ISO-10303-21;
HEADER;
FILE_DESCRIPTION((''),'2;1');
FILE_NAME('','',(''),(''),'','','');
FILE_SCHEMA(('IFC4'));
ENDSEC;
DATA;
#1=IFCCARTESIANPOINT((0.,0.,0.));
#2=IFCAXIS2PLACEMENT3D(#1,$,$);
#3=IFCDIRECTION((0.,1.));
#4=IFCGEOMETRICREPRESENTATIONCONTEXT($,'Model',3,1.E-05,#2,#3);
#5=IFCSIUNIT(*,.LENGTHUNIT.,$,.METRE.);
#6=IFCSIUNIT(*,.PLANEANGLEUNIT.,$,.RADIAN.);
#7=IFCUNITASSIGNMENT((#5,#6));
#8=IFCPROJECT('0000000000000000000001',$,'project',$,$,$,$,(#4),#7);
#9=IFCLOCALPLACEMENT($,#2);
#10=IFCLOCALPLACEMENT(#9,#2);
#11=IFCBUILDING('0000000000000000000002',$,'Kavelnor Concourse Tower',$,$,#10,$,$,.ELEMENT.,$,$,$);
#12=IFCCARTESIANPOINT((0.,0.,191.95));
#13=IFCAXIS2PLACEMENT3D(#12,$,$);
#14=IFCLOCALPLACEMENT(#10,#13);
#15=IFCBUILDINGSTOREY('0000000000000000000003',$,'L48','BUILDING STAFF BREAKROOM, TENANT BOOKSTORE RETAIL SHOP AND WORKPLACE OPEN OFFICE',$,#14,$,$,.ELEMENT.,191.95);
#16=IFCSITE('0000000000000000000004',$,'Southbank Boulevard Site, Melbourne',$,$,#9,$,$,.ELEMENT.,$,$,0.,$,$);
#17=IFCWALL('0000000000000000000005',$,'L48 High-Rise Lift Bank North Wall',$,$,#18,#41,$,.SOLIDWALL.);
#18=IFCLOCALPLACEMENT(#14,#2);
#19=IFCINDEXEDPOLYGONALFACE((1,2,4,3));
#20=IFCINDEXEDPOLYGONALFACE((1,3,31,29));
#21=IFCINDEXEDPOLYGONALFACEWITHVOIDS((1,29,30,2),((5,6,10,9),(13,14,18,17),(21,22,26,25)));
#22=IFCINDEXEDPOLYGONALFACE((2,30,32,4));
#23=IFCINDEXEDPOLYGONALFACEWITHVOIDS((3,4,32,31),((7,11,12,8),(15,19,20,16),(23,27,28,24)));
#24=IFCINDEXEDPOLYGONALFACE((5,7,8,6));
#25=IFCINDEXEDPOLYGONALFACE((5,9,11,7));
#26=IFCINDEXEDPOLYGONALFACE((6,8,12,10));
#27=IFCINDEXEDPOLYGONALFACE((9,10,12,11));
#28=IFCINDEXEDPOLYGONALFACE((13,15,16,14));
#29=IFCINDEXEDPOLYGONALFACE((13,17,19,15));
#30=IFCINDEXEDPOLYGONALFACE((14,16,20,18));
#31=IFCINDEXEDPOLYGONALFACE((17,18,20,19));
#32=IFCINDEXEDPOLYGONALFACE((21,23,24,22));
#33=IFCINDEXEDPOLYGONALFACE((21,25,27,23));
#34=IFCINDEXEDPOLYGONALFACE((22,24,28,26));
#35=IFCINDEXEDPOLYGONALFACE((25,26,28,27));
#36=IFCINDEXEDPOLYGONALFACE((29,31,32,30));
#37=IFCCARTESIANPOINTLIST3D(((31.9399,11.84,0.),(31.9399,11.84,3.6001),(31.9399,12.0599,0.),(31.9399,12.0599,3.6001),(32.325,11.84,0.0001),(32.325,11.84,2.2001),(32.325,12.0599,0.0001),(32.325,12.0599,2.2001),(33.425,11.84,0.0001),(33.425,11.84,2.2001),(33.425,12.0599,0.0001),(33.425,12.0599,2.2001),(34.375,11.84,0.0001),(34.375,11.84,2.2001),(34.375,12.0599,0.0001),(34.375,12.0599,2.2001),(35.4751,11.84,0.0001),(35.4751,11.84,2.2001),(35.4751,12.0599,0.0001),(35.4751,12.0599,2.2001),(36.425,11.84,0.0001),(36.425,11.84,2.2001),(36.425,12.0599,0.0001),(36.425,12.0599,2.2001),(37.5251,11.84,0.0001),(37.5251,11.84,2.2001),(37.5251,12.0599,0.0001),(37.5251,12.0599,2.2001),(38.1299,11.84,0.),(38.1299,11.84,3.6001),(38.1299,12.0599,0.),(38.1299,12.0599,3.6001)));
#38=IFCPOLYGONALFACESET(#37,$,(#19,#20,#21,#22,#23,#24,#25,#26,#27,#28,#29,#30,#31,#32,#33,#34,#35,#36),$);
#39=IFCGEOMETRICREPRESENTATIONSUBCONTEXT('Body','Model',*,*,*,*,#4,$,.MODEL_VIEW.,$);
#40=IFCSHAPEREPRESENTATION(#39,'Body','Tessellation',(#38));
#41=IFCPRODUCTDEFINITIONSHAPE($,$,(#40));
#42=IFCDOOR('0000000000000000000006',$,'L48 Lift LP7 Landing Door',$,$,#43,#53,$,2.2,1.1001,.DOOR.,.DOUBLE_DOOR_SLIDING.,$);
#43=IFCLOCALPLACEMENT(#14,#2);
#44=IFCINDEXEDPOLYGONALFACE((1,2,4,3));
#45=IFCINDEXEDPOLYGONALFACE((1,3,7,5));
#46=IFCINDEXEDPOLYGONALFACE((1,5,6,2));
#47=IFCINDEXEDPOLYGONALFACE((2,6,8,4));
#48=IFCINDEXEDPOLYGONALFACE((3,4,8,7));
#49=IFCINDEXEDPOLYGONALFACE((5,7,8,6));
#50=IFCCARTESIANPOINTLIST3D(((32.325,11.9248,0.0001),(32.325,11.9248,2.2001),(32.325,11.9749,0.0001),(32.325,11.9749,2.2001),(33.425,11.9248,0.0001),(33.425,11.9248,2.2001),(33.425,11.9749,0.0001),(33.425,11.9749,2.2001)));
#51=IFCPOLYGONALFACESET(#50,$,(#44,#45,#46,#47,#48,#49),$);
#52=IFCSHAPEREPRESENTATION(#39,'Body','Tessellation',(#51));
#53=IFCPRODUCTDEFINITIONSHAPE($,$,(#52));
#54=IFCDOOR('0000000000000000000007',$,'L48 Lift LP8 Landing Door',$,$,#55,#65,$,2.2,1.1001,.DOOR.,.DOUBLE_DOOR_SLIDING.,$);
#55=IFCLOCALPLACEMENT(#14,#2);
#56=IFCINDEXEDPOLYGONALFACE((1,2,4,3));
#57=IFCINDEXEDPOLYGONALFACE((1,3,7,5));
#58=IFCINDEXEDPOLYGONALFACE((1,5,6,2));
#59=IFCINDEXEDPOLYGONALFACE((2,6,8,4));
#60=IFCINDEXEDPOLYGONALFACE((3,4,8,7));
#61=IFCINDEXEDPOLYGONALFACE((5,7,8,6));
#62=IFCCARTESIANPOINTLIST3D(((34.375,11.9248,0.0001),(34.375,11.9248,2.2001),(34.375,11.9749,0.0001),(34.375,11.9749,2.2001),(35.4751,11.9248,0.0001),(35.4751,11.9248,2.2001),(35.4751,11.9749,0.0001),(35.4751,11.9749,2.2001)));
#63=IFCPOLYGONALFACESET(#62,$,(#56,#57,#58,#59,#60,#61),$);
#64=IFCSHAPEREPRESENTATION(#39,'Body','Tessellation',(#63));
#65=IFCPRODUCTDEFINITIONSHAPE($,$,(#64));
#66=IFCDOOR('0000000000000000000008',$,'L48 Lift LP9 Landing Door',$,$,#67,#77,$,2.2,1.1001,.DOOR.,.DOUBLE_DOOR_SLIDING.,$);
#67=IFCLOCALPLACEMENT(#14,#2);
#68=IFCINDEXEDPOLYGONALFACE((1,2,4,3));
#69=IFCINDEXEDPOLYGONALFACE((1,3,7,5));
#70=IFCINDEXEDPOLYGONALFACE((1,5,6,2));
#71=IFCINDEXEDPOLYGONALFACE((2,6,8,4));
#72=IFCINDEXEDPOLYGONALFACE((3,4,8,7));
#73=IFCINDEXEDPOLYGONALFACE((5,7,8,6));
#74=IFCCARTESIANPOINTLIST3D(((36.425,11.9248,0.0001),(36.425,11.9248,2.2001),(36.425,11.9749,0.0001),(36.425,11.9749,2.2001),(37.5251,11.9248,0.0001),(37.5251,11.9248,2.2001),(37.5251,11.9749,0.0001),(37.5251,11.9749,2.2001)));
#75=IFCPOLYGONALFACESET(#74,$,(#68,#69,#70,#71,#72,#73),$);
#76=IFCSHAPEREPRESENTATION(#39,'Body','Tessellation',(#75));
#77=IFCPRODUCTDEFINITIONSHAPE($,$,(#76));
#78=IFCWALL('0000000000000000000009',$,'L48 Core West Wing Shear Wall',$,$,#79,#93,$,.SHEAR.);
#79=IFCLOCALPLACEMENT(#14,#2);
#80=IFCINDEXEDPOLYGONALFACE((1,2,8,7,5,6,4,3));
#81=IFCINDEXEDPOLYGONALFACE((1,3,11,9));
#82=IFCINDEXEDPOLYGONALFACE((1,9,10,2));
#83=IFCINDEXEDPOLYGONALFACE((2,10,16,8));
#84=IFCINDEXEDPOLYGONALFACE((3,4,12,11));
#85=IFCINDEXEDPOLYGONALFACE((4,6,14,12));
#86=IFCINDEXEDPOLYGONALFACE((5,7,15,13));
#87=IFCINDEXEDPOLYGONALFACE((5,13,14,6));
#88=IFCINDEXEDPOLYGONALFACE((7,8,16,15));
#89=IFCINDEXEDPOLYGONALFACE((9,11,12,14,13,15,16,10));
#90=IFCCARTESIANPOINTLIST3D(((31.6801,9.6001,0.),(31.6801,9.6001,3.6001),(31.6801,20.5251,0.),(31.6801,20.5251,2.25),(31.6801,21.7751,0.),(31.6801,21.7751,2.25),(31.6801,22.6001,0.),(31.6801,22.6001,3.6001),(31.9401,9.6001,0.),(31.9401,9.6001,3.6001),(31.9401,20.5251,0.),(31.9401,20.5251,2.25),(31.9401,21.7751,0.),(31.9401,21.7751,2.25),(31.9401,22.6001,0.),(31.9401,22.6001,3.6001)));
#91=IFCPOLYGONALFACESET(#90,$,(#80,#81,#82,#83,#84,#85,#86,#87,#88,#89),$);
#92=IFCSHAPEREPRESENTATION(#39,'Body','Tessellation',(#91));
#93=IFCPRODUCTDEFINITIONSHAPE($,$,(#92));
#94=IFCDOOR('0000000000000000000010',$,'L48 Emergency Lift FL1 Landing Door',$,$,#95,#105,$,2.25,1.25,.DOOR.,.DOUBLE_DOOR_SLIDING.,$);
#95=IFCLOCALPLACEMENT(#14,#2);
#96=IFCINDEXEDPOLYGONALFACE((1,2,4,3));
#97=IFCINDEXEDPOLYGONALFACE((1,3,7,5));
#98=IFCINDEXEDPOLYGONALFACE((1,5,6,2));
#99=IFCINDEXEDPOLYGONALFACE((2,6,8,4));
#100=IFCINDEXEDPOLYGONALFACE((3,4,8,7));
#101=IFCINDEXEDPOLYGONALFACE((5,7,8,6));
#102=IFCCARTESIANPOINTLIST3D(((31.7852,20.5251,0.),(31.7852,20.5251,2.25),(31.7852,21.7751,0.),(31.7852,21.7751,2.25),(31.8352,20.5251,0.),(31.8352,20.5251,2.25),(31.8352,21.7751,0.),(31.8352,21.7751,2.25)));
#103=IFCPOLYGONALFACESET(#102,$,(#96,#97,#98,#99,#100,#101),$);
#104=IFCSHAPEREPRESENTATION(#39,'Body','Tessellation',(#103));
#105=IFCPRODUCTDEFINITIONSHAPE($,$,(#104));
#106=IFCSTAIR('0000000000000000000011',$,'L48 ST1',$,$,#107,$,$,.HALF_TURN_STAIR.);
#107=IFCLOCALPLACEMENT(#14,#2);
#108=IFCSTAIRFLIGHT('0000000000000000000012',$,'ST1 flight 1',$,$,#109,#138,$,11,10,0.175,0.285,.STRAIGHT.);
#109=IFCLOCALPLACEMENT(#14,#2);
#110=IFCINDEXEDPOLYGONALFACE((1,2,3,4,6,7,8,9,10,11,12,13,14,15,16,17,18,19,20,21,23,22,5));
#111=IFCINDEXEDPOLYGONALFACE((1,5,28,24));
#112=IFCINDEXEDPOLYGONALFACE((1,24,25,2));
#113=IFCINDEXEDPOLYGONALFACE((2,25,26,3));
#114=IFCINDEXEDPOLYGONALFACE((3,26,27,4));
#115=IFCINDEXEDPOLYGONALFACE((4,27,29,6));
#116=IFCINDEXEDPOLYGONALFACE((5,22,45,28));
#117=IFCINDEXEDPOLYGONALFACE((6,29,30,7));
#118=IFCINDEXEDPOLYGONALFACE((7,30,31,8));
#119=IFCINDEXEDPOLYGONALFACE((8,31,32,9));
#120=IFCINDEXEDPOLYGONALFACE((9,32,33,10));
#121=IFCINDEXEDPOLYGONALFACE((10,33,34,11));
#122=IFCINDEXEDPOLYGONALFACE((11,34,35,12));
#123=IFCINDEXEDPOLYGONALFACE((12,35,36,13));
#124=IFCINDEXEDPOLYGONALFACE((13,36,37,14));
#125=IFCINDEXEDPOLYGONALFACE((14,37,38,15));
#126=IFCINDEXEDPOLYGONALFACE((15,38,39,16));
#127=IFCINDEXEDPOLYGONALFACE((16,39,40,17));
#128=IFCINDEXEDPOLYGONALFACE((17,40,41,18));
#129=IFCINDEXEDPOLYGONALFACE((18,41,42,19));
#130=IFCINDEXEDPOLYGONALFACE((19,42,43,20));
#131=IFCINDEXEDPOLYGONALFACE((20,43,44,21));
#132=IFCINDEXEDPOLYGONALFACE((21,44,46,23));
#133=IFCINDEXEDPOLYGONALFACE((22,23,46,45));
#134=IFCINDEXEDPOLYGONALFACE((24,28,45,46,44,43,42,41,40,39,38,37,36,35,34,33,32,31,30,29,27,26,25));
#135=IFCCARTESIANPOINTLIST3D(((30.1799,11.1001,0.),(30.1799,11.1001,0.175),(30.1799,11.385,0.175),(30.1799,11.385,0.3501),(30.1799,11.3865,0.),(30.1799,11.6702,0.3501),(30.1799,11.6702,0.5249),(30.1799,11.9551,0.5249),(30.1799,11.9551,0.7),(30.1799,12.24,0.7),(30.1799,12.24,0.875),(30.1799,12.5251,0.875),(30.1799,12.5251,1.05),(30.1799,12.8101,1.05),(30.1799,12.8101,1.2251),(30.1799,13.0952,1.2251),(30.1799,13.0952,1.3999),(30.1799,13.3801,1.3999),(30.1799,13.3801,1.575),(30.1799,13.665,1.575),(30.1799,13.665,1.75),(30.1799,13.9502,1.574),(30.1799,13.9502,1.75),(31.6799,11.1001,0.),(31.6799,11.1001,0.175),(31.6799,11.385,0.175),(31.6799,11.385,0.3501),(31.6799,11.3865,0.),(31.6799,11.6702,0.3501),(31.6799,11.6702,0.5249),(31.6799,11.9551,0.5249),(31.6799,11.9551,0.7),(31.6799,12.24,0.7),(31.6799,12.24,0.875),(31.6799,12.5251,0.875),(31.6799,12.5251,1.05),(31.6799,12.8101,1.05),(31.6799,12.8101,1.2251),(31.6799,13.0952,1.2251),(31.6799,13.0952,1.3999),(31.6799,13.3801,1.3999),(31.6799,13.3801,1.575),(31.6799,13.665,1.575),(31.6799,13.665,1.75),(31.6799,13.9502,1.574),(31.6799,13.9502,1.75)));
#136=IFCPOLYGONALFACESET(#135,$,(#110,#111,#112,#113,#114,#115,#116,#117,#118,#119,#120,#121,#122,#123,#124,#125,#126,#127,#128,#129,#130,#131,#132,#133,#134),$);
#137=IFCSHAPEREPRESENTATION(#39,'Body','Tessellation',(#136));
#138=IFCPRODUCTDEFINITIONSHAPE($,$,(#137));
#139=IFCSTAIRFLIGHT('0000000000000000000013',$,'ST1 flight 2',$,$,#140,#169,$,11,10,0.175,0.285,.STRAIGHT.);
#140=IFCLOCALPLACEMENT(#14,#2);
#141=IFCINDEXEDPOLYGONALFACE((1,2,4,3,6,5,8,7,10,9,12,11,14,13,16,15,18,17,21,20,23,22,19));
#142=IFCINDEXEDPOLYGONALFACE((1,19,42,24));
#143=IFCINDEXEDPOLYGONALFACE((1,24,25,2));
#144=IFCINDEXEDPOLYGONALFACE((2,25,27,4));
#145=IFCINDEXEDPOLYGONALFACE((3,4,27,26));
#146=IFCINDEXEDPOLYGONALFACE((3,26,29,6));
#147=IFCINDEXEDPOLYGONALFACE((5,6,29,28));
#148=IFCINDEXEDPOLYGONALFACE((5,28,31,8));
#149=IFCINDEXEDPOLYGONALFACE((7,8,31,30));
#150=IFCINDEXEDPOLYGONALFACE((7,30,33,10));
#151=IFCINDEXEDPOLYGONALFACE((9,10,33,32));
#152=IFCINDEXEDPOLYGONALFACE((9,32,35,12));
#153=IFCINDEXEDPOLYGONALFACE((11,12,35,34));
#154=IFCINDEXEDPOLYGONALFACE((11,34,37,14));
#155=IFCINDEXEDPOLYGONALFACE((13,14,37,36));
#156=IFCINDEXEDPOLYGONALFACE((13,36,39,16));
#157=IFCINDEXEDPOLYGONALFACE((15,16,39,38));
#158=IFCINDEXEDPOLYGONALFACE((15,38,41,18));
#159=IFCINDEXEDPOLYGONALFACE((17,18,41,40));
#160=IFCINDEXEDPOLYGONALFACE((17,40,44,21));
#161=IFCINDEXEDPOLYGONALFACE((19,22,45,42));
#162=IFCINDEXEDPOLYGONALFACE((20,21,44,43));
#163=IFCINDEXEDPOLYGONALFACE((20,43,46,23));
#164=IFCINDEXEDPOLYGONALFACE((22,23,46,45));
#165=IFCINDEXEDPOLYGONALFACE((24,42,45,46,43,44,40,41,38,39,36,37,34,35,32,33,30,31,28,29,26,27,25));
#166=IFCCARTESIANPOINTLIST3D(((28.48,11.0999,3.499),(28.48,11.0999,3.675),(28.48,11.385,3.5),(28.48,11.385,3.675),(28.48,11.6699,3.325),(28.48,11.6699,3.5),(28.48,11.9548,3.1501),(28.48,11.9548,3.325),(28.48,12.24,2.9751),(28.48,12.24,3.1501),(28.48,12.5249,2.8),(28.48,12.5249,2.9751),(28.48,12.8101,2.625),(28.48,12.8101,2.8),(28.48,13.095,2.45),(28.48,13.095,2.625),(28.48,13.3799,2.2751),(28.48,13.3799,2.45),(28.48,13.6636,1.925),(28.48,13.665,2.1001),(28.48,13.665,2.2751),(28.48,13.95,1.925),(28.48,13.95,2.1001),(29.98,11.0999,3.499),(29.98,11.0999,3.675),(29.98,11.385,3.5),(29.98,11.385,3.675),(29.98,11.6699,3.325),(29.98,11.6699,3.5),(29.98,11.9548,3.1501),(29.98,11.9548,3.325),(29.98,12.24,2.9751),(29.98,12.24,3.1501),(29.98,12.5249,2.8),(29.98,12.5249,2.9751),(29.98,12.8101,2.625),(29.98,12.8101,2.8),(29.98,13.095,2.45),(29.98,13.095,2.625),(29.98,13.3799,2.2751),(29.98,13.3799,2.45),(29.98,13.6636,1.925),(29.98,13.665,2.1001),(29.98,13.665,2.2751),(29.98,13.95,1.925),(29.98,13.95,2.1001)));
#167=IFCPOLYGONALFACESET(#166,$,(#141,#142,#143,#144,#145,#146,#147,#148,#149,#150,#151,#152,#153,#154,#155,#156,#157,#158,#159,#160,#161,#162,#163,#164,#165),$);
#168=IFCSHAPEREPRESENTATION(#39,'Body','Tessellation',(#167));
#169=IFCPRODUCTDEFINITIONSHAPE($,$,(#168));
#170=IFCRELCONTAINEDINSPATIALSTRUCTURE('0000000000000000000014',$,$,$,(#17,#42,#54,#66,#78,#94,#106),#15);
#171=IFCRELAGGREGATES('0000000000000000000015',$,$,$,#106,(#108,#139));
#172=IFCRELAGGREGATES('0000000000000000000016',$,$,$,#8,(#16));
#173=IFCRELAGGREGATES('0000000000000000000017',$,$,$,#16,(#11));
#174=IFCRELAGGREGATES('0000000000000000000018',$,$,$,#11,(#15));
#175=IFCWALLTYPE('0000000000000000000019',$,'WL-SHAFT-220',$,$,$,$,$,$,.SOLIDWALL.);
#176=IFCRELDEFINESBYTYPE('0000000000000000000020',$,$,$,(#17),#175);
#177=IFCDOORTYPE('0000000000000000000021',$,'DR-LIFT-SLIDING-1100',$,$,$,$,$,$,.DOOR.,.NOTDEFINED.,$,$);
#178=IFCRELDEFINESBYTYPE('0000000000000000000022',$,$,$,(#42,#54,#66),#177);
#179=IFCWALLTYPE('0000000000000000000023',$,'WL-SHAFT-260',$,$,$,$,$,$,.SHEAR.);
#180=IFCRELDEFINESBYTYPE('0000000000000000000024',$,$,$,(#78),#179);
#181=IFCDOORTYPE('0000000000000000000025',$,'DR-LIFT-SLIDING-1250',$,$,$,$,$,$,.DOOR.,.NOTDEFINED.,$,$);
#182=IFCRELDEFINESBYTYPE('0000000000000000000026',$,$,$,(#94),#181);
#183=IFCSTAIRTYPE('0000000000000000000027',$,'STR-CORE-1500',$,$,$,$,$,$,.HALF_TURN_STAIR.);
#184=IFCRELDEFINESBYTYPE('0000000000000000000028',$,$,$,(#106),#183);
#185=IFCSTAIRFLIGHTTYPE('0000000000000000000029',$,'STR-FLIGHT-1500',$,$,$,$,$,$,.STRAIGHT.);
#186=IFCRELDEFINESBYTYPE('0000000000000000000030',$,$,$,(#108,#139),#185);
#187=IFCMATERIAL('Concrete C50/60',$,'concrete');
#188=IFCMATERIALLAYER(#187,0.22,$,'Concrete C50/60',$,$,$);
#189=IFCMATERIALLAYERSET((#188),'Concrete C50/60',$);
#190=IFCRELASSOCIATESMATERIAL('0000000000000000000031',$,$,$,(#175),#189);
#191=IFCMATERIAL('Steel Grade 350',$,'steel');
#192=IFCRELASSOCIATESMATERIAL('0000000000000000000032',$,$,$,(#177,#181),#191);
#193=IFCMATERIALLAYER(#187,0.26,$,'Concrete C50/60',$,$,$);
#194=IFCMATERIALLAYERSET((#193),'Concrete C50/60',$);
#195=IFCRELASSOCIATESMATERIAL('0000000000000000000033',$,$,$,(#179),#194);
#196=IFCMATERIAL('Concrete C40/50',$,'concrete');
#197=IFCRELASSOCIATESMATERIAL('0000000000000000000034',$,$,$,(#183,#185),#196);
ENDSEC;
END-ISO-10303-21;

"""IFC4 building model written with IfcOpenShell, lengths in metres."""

from ifc_helpers import new_model, si_unit, direction, frame, frame_2d, origin, place, context, subcontext, project, spatial, polyline, rectangle, outline, extrude, material, layer, layer_set, type_object, element, fill, aggregate, save


model = new_model("IFC4")

# Units and contexts
model_context = context("Model", 3, precision=1e-05, world=origin(), true_north=direction((0.0, 1.0)))
body_context = subcontext(model_context, "Body", "Model", "MODEL_VIEW")
ifc_project = project(units=[si_unit("LENGTHUNIT", "METRE"), si_unit("PLANEANGLEUNIT", "RADIAN")], contexts=[model_context])

# Site, building, storey
site_placement = place(None, origin())
site = spatial("IfcSite", under=ifc_project, at=site_placement, Name="Southbank Boulevard Site, Melbourne", CompositionType="ELEMENT", RefElevation=0.0)
building_placement = place(site_placement, origin())
building = spatial("IfcBuilding", under=site, at=building_placement, Name="Kavelnor Concourse Tower", CompositionType="ELEMENT")
storey_placement = place(building_placement, frame((0.0, 0.0, 191.95)))
storey = spatial("IfcBuildingStorey", under=building, at=storey_placement, Name="L48", Description="BUILDING STAFF BREAKROOM, TENANT BOOKSTORE RETAIL SHOP AND WORKPLACE OPEN OFFICE", CompositionType="ELEMENT", Elevation=191.95)

# Shared definitions
ifc_material_1 = material(Name="Steel Grade 350", Category="steel")

# Shared definitions
ifc_material_2 = material(Name="Concrete C50/60", Category="concrete")
ifc_layer_1 = layer(ifc_material_2, 0.22, Name="Concrete C50/60")
ifc_layer_set_1 = layer_set([ifc_layer_1], Name="Concrete C50/60")
wall_type_1 = type_object("IfcWallType", Name="WL-SHAFT-220", PredefinedType="SOLIDWALL", material=ifc_layer_set_1)

# Wall, openings, doors
wall_1_placement = place(storey_placement, frame((31.9399, 11.95, 0.0), z_axis=(0.0, 0.0, 1.0), x_axis=(1.0, 0.0, 0.0)))
wall_1 = element("IfcWall", 1, at=wall_1_placement, inside=storey, type_object=wall_type_1, Name="L48 High-Rise Lift Bank North Wall", PredefinedType="SOLIDWALL", context=body_context, shape_type="SweptSolid", body=[
    extrude(rectangle(XDim=6.1899, YDim=0.22, at=frame_2d((3.095, 0.0))), origin(), (0.0, 0.0, 1.0), 3.6001),
])
opening_1_placement = place(wall_1_placement, frame((0.385, 0.0, 0.0)))
opening_1 = element("IfcOpeningElement", 2, at=opening_1_placement, cuts=wall_1, PredefinedType="OPENING", context=body_context, shape_type="SweptSolid", body=[
    extrude(rectangle(XDim=1.1001, YDim=2.2, at=frame_2d((0.55, 1.1001))), frame((0.0, 0.1201, 0.0), z_axis=(0.0, -1.0, 0.0), x_axis=(1.0, 0.0, 0.0)), (0.0, 0.0, 1.0), 0.24),
])
opening_2_placement = place(wall_1_placement, frame((2.4351, 0.0, 0.0)))
opening_2 = element("IfcOpeningElement", 3, at=opening_2_placement, cuts=wall_1, PredefinedType="OPENING", context=body_context, shape_type="SweptSolid", body=[
    extrude(rectangle(XDim=1.1001, YDim=2.2, at=frame_2d((0.55, 1.1001))), frame((0.0, 0.1201, 0.0), z_axis=(0.0, -1.0, 0.0), x_axis=(1.0, 0.0, 0.0)), (0.0, 0.0, 1.0), 0.24),
])
opening_3_placement = place(wall_1_placement, frame((4.4851, 0.0, 0.0)))
opening_3 = element("IfcOpeningElement", 4, at=opening_3_placement, cuts=wall_1, PredefinedType="OPENING", context=body_context, shape_type="SweptSolid", body=[
    extrude(rectangle(XDim=1.1001, YDim=2.2, at=frame_2d((0.55, 1.1001))), frame((0.0, 0.1201, 0.0), z_axis=(0.0, -1.0, 0.0), x_axis=(1.0, 0.0, 0.0)), (0.0, 0.0, 1.0), 0.24),
])
door_type_1 = type_object("IfcDoorType", Name="DR-LIFT-SLIDING-1100", OperationType="NOTDEFINED", PredefinedType="DOOR", material=ifc_material_1)
door_1_placement = place(opening_1_placement, origin())
door_1 = element("IfcDoor", 5, at=door_1_placement, inside=storey, type_object=door_type_1, Name="L48 Lift LP7 Landing Door", OperationType="DOUBLE_DOOR_SLIDING", OverallHeight=2.2, OverallWidth=1.1001, PredefinedType="DOOR", context=body_context, shape_type="SweptSolid", body=[
    extrude(rectangle(XDim=1.1001, YDim=2.2, at=frame_2d((0.55, 1.1001))), frame((0.0, 0.0249, 0.0), z_axis=(0.0, -1.0, 0.0), x_axis=(1.0, 0.0, 0.0)), (0.0, 0.0, 1.0), 0.05),
])
fill(opening_1, door_1)
door_2_placement = place(opening_2_placement, origin())
door_2 = element("IfcDoor", 6, at=door_2_placement, inside=storey, type_object=door_type_1, Name="L48 Lift LP8 Landing Door", OperationType="DOUBLE_DOOR_SLIDING", OverallHeight=2.2, OverallWidth=1.1001, PredefinedType="DOOR", context=body_context, shape_type="SweptSolid", body=[
    extrude(rectangle(XDim=1.1001, YDim=2.2, at=frame_2d((0.55, 1.1001))), frame((0.0, 0.0249, 0.0), z_axis=(0.0, -1.0, 0.0), x_axis=(1.0, 0.0, 0.0)), (0.0, 0.0, 1.0), 0.05),
])
fill(opening_2, door_2)
door_3_placement = place(opening_3_placement, origin())
door_3 = element("IfcDoor", 7, at=door_3_placement, inside=storey, type_object=door_type_1, Name="L48 Lift LP9 Landing Door", OperationType="DOUBLE_DOOR_SLIDING", OverallHeight=2.2, OverallWidth=1.1001, PredefinedType="DOOR", context=body_context, shape_type="SweptSolid", body=[
    extrude(rectangle(XDim=1.1001, YDim=2.2, at=frame_2d((0.55, 1.1001))), frame((0.0, 0.0249, 0.0), z_axis=(0.0, -1.0, 0.0), x_axis=(1.0, 0.0, 0.0)), (0.0, 0.0, 1.0), 0.05),
])
fill(opening_3, door_3)

# Wall, opening, door
ifc_layer_2 = layer(ifc_material_2, 0.26, Name="Concrete C50/60")
ifc_layer_set_2 = layer_set([ifc_layer_2], Name="Concrete C50/60")
wall_type_2 = type_object("IfcWallType", Name="WL-SHAFT-260", PredefinedType="SHEAR", material=ifc_layer_set_2)
wall_2_placement = place(storey_placement, frame((31.8101, 9.6001, 0.0), z_axis=(0.0, 0.0, 1.0), x_axis=(0.0, 1.0, 0.0)))
wall_2 = element("IfcWall", 8, at=wall_2_placement, inside=storey, type_object=wall_type_2, Name="L48 Core West Wing Shear Wall", PredefinedType="SHEAR", context=body_context, shape_type="SweptSolid", body=[
    extrude(rectangle(XDim=13.0, YDim=0.26, at=frame_2d((6.5, 0.0))), origin(), (0.0, 0.0, 1.0), 3.6001),
])
opening_4_placement = place(wall_2_placement, frame((10.925, 0.0, 0.0)))
opening_4 = element("IfcOpeningElement", 9, at=opening_4_placement, cuts=wall_2, PredefinedType="OPENING", context=body_context, shape_type="SweptSolid", body=[
    extrude(rectangle(XDim=1.25, YDim=2.25, at=frame_2d((0.625, 1.125))), frame((0.0, 0.1401, 0.0), z_axis=(0.0, -1.0, 0.0), x_axis=(1.0, 0.0, 0.0)), (0.0, 0.0, 1.0), 0.28),
])
door_type_2 = type_object("IfcDoorType", Name="DR-LIFT-SLIDING-1250", OperationType="NOTDEFINED", PredefinedType="DOOR", material=ifc_material_1)
door_4_placement = place(opening_4_placement, origin())
door_4 = element("IfcDoor", 10, at=door_4_placement, inside=storey, type_object=door_type_2, Name="L48 Emergency Lift FL1 Landing Door", OperationType="DOUBLE_DOOR_SLIDING", OverallHeight=2.25, OverallWidth=1.25, PredefinedType="DOOR", context=body_context, shape_type="SweptSolid", body=[
    extrude(rectangle(XDim=1.25, YDim=2.25, at=frame_2d((0.625, 1.125))), frame((0.0, 0.0249, 0.0), z_axis=(0.0, -1.0, 0.0), x_axis=(1.0, 0.0, 0.0)), (0.0, 0.0, 1.0), 0.05),
])
fill(opening_4, door_4)

# Stair, stair flights
ifc_material_3 = material(Name="Concrete C40/50", Category="concrete")
stair_type = type_object("IfcStairType", Name="STR-CORE-1500", PredefinedType="HALF_TURN_STAIR", material=ifc_material_3)
stair_placement = place(storey_placement, origin())
stair = element("IfcStair", 11, at=stair_placement, inside=storey, type_object=stair_type, Name="L48 ST1", PredefinedType="HALF_TURN_STAIR")
stair_flight_type = type_object("IfcStairFlightType", Name="STR-FLIGHT-1500", PredefinedType="STRAIGHT", material=ifc_material_3)
stair_flight_1_placement = place(storey_placement, frame((30.9299, 11.1001, 0.0), z_axis=(0.0, 0.0, 1.0), x_axis=(0.0, 1.0, 0.0)))
stair_flight_1 = element("IfcStairFlight", 12, at=stair_flight_1_placement, type_object=stair_flight_type, Name="ST1 flight 1", NumberOfRisers=11, NumberOfTreads=10, PredefinedType="STRAIGHT", RiserHeight=0.175, TreadLength=0.285, context=body_context, shape_type="SweptSolid", body=[
    extrude(outline(polyline([(0.0, 0.0), (0.0, 0.175), (0.2849, 0.175), (0.2849, 0.3501), (0.5701, 0.3501), (0.5701, 0.5249), (0.855, 0.5249), (0.855, 0.7), (1.1399, 0.7), (1.1399, 0.875), (1.425, 0.875), (1.425, 1.05), (1.71, 1.05), (1.71, 1.2251), (1.9951, 1.2251), (1.9951, 1.3999), (2.28, 1.3999), (2.28, 1.575), (2.5649, 1.575), (2.5649, 1.75), (2.8501, 1.75), (2.8501, 1.925), (2.8501, 1.574), (0.2864, 0.0), (0.0, 0.0)])), frame((0.0, 0.75, 0.0), z_axis=(0.0, -1.0, 0.0), x_axis=(1.0, 0.0, 0.0)), (0.0, 0.0, 1.0), 1.5),
])
stair_flight_2_placement = place(storey_placement, frame((29.23, 13.95, 1.925), z_axis=(0.0, 0.0, 1.0), x_axis=(0.0, -1.0, 0.0)))
stair_flight_2 = element("IfcStairFlight", 13, at=stair_flight_2_placement, type_object=stair_flight_type, Name="ST1 flight 2", NumberOfRisers=11, NumberOfTreads=10, PredefinedType="STRAIGHT", RiserHeight=0.175, TreadLength=0.285, context=body_context, shape_type="SweptSolid", body=[
    extrude(outline(polyline([(0.0, 0.0), (0.0, 0.175), (0.2849, 0.175), (0.2849, 0.3501), (0.5701, 0.3501), (0.5701, 0.5249), (0.855, 0.5249), (0.855, 0.7), (1.1399, 0.7), (1.1399, 0.875), (1.425, 0.875), (1.425, 1.05), (1.71, 1.05), (1.71, 1.2251), (1.9951, 1.2251), (1.9951, 1.3999), (2.28, 1.3999), (2.28, 1.575), (2.5649, 1.575), (2.5649, 1.75), (2.8501, 1.75), (2.8501, 1.925), (2.8501, 1.574), (0.2864, 0.0), (0.0, 0.0)])), frame((0.0, 0.75, 0.0), z_axis=(0.0, -1.0, 0.0), x_axis=(1.0, 0.0, 0.0)), (0.0, 0.0, 1.0), 1.5),
])
aggregate(stair, [stair_flight_1, stair_flight_2])

save(model, "model.ifc")
